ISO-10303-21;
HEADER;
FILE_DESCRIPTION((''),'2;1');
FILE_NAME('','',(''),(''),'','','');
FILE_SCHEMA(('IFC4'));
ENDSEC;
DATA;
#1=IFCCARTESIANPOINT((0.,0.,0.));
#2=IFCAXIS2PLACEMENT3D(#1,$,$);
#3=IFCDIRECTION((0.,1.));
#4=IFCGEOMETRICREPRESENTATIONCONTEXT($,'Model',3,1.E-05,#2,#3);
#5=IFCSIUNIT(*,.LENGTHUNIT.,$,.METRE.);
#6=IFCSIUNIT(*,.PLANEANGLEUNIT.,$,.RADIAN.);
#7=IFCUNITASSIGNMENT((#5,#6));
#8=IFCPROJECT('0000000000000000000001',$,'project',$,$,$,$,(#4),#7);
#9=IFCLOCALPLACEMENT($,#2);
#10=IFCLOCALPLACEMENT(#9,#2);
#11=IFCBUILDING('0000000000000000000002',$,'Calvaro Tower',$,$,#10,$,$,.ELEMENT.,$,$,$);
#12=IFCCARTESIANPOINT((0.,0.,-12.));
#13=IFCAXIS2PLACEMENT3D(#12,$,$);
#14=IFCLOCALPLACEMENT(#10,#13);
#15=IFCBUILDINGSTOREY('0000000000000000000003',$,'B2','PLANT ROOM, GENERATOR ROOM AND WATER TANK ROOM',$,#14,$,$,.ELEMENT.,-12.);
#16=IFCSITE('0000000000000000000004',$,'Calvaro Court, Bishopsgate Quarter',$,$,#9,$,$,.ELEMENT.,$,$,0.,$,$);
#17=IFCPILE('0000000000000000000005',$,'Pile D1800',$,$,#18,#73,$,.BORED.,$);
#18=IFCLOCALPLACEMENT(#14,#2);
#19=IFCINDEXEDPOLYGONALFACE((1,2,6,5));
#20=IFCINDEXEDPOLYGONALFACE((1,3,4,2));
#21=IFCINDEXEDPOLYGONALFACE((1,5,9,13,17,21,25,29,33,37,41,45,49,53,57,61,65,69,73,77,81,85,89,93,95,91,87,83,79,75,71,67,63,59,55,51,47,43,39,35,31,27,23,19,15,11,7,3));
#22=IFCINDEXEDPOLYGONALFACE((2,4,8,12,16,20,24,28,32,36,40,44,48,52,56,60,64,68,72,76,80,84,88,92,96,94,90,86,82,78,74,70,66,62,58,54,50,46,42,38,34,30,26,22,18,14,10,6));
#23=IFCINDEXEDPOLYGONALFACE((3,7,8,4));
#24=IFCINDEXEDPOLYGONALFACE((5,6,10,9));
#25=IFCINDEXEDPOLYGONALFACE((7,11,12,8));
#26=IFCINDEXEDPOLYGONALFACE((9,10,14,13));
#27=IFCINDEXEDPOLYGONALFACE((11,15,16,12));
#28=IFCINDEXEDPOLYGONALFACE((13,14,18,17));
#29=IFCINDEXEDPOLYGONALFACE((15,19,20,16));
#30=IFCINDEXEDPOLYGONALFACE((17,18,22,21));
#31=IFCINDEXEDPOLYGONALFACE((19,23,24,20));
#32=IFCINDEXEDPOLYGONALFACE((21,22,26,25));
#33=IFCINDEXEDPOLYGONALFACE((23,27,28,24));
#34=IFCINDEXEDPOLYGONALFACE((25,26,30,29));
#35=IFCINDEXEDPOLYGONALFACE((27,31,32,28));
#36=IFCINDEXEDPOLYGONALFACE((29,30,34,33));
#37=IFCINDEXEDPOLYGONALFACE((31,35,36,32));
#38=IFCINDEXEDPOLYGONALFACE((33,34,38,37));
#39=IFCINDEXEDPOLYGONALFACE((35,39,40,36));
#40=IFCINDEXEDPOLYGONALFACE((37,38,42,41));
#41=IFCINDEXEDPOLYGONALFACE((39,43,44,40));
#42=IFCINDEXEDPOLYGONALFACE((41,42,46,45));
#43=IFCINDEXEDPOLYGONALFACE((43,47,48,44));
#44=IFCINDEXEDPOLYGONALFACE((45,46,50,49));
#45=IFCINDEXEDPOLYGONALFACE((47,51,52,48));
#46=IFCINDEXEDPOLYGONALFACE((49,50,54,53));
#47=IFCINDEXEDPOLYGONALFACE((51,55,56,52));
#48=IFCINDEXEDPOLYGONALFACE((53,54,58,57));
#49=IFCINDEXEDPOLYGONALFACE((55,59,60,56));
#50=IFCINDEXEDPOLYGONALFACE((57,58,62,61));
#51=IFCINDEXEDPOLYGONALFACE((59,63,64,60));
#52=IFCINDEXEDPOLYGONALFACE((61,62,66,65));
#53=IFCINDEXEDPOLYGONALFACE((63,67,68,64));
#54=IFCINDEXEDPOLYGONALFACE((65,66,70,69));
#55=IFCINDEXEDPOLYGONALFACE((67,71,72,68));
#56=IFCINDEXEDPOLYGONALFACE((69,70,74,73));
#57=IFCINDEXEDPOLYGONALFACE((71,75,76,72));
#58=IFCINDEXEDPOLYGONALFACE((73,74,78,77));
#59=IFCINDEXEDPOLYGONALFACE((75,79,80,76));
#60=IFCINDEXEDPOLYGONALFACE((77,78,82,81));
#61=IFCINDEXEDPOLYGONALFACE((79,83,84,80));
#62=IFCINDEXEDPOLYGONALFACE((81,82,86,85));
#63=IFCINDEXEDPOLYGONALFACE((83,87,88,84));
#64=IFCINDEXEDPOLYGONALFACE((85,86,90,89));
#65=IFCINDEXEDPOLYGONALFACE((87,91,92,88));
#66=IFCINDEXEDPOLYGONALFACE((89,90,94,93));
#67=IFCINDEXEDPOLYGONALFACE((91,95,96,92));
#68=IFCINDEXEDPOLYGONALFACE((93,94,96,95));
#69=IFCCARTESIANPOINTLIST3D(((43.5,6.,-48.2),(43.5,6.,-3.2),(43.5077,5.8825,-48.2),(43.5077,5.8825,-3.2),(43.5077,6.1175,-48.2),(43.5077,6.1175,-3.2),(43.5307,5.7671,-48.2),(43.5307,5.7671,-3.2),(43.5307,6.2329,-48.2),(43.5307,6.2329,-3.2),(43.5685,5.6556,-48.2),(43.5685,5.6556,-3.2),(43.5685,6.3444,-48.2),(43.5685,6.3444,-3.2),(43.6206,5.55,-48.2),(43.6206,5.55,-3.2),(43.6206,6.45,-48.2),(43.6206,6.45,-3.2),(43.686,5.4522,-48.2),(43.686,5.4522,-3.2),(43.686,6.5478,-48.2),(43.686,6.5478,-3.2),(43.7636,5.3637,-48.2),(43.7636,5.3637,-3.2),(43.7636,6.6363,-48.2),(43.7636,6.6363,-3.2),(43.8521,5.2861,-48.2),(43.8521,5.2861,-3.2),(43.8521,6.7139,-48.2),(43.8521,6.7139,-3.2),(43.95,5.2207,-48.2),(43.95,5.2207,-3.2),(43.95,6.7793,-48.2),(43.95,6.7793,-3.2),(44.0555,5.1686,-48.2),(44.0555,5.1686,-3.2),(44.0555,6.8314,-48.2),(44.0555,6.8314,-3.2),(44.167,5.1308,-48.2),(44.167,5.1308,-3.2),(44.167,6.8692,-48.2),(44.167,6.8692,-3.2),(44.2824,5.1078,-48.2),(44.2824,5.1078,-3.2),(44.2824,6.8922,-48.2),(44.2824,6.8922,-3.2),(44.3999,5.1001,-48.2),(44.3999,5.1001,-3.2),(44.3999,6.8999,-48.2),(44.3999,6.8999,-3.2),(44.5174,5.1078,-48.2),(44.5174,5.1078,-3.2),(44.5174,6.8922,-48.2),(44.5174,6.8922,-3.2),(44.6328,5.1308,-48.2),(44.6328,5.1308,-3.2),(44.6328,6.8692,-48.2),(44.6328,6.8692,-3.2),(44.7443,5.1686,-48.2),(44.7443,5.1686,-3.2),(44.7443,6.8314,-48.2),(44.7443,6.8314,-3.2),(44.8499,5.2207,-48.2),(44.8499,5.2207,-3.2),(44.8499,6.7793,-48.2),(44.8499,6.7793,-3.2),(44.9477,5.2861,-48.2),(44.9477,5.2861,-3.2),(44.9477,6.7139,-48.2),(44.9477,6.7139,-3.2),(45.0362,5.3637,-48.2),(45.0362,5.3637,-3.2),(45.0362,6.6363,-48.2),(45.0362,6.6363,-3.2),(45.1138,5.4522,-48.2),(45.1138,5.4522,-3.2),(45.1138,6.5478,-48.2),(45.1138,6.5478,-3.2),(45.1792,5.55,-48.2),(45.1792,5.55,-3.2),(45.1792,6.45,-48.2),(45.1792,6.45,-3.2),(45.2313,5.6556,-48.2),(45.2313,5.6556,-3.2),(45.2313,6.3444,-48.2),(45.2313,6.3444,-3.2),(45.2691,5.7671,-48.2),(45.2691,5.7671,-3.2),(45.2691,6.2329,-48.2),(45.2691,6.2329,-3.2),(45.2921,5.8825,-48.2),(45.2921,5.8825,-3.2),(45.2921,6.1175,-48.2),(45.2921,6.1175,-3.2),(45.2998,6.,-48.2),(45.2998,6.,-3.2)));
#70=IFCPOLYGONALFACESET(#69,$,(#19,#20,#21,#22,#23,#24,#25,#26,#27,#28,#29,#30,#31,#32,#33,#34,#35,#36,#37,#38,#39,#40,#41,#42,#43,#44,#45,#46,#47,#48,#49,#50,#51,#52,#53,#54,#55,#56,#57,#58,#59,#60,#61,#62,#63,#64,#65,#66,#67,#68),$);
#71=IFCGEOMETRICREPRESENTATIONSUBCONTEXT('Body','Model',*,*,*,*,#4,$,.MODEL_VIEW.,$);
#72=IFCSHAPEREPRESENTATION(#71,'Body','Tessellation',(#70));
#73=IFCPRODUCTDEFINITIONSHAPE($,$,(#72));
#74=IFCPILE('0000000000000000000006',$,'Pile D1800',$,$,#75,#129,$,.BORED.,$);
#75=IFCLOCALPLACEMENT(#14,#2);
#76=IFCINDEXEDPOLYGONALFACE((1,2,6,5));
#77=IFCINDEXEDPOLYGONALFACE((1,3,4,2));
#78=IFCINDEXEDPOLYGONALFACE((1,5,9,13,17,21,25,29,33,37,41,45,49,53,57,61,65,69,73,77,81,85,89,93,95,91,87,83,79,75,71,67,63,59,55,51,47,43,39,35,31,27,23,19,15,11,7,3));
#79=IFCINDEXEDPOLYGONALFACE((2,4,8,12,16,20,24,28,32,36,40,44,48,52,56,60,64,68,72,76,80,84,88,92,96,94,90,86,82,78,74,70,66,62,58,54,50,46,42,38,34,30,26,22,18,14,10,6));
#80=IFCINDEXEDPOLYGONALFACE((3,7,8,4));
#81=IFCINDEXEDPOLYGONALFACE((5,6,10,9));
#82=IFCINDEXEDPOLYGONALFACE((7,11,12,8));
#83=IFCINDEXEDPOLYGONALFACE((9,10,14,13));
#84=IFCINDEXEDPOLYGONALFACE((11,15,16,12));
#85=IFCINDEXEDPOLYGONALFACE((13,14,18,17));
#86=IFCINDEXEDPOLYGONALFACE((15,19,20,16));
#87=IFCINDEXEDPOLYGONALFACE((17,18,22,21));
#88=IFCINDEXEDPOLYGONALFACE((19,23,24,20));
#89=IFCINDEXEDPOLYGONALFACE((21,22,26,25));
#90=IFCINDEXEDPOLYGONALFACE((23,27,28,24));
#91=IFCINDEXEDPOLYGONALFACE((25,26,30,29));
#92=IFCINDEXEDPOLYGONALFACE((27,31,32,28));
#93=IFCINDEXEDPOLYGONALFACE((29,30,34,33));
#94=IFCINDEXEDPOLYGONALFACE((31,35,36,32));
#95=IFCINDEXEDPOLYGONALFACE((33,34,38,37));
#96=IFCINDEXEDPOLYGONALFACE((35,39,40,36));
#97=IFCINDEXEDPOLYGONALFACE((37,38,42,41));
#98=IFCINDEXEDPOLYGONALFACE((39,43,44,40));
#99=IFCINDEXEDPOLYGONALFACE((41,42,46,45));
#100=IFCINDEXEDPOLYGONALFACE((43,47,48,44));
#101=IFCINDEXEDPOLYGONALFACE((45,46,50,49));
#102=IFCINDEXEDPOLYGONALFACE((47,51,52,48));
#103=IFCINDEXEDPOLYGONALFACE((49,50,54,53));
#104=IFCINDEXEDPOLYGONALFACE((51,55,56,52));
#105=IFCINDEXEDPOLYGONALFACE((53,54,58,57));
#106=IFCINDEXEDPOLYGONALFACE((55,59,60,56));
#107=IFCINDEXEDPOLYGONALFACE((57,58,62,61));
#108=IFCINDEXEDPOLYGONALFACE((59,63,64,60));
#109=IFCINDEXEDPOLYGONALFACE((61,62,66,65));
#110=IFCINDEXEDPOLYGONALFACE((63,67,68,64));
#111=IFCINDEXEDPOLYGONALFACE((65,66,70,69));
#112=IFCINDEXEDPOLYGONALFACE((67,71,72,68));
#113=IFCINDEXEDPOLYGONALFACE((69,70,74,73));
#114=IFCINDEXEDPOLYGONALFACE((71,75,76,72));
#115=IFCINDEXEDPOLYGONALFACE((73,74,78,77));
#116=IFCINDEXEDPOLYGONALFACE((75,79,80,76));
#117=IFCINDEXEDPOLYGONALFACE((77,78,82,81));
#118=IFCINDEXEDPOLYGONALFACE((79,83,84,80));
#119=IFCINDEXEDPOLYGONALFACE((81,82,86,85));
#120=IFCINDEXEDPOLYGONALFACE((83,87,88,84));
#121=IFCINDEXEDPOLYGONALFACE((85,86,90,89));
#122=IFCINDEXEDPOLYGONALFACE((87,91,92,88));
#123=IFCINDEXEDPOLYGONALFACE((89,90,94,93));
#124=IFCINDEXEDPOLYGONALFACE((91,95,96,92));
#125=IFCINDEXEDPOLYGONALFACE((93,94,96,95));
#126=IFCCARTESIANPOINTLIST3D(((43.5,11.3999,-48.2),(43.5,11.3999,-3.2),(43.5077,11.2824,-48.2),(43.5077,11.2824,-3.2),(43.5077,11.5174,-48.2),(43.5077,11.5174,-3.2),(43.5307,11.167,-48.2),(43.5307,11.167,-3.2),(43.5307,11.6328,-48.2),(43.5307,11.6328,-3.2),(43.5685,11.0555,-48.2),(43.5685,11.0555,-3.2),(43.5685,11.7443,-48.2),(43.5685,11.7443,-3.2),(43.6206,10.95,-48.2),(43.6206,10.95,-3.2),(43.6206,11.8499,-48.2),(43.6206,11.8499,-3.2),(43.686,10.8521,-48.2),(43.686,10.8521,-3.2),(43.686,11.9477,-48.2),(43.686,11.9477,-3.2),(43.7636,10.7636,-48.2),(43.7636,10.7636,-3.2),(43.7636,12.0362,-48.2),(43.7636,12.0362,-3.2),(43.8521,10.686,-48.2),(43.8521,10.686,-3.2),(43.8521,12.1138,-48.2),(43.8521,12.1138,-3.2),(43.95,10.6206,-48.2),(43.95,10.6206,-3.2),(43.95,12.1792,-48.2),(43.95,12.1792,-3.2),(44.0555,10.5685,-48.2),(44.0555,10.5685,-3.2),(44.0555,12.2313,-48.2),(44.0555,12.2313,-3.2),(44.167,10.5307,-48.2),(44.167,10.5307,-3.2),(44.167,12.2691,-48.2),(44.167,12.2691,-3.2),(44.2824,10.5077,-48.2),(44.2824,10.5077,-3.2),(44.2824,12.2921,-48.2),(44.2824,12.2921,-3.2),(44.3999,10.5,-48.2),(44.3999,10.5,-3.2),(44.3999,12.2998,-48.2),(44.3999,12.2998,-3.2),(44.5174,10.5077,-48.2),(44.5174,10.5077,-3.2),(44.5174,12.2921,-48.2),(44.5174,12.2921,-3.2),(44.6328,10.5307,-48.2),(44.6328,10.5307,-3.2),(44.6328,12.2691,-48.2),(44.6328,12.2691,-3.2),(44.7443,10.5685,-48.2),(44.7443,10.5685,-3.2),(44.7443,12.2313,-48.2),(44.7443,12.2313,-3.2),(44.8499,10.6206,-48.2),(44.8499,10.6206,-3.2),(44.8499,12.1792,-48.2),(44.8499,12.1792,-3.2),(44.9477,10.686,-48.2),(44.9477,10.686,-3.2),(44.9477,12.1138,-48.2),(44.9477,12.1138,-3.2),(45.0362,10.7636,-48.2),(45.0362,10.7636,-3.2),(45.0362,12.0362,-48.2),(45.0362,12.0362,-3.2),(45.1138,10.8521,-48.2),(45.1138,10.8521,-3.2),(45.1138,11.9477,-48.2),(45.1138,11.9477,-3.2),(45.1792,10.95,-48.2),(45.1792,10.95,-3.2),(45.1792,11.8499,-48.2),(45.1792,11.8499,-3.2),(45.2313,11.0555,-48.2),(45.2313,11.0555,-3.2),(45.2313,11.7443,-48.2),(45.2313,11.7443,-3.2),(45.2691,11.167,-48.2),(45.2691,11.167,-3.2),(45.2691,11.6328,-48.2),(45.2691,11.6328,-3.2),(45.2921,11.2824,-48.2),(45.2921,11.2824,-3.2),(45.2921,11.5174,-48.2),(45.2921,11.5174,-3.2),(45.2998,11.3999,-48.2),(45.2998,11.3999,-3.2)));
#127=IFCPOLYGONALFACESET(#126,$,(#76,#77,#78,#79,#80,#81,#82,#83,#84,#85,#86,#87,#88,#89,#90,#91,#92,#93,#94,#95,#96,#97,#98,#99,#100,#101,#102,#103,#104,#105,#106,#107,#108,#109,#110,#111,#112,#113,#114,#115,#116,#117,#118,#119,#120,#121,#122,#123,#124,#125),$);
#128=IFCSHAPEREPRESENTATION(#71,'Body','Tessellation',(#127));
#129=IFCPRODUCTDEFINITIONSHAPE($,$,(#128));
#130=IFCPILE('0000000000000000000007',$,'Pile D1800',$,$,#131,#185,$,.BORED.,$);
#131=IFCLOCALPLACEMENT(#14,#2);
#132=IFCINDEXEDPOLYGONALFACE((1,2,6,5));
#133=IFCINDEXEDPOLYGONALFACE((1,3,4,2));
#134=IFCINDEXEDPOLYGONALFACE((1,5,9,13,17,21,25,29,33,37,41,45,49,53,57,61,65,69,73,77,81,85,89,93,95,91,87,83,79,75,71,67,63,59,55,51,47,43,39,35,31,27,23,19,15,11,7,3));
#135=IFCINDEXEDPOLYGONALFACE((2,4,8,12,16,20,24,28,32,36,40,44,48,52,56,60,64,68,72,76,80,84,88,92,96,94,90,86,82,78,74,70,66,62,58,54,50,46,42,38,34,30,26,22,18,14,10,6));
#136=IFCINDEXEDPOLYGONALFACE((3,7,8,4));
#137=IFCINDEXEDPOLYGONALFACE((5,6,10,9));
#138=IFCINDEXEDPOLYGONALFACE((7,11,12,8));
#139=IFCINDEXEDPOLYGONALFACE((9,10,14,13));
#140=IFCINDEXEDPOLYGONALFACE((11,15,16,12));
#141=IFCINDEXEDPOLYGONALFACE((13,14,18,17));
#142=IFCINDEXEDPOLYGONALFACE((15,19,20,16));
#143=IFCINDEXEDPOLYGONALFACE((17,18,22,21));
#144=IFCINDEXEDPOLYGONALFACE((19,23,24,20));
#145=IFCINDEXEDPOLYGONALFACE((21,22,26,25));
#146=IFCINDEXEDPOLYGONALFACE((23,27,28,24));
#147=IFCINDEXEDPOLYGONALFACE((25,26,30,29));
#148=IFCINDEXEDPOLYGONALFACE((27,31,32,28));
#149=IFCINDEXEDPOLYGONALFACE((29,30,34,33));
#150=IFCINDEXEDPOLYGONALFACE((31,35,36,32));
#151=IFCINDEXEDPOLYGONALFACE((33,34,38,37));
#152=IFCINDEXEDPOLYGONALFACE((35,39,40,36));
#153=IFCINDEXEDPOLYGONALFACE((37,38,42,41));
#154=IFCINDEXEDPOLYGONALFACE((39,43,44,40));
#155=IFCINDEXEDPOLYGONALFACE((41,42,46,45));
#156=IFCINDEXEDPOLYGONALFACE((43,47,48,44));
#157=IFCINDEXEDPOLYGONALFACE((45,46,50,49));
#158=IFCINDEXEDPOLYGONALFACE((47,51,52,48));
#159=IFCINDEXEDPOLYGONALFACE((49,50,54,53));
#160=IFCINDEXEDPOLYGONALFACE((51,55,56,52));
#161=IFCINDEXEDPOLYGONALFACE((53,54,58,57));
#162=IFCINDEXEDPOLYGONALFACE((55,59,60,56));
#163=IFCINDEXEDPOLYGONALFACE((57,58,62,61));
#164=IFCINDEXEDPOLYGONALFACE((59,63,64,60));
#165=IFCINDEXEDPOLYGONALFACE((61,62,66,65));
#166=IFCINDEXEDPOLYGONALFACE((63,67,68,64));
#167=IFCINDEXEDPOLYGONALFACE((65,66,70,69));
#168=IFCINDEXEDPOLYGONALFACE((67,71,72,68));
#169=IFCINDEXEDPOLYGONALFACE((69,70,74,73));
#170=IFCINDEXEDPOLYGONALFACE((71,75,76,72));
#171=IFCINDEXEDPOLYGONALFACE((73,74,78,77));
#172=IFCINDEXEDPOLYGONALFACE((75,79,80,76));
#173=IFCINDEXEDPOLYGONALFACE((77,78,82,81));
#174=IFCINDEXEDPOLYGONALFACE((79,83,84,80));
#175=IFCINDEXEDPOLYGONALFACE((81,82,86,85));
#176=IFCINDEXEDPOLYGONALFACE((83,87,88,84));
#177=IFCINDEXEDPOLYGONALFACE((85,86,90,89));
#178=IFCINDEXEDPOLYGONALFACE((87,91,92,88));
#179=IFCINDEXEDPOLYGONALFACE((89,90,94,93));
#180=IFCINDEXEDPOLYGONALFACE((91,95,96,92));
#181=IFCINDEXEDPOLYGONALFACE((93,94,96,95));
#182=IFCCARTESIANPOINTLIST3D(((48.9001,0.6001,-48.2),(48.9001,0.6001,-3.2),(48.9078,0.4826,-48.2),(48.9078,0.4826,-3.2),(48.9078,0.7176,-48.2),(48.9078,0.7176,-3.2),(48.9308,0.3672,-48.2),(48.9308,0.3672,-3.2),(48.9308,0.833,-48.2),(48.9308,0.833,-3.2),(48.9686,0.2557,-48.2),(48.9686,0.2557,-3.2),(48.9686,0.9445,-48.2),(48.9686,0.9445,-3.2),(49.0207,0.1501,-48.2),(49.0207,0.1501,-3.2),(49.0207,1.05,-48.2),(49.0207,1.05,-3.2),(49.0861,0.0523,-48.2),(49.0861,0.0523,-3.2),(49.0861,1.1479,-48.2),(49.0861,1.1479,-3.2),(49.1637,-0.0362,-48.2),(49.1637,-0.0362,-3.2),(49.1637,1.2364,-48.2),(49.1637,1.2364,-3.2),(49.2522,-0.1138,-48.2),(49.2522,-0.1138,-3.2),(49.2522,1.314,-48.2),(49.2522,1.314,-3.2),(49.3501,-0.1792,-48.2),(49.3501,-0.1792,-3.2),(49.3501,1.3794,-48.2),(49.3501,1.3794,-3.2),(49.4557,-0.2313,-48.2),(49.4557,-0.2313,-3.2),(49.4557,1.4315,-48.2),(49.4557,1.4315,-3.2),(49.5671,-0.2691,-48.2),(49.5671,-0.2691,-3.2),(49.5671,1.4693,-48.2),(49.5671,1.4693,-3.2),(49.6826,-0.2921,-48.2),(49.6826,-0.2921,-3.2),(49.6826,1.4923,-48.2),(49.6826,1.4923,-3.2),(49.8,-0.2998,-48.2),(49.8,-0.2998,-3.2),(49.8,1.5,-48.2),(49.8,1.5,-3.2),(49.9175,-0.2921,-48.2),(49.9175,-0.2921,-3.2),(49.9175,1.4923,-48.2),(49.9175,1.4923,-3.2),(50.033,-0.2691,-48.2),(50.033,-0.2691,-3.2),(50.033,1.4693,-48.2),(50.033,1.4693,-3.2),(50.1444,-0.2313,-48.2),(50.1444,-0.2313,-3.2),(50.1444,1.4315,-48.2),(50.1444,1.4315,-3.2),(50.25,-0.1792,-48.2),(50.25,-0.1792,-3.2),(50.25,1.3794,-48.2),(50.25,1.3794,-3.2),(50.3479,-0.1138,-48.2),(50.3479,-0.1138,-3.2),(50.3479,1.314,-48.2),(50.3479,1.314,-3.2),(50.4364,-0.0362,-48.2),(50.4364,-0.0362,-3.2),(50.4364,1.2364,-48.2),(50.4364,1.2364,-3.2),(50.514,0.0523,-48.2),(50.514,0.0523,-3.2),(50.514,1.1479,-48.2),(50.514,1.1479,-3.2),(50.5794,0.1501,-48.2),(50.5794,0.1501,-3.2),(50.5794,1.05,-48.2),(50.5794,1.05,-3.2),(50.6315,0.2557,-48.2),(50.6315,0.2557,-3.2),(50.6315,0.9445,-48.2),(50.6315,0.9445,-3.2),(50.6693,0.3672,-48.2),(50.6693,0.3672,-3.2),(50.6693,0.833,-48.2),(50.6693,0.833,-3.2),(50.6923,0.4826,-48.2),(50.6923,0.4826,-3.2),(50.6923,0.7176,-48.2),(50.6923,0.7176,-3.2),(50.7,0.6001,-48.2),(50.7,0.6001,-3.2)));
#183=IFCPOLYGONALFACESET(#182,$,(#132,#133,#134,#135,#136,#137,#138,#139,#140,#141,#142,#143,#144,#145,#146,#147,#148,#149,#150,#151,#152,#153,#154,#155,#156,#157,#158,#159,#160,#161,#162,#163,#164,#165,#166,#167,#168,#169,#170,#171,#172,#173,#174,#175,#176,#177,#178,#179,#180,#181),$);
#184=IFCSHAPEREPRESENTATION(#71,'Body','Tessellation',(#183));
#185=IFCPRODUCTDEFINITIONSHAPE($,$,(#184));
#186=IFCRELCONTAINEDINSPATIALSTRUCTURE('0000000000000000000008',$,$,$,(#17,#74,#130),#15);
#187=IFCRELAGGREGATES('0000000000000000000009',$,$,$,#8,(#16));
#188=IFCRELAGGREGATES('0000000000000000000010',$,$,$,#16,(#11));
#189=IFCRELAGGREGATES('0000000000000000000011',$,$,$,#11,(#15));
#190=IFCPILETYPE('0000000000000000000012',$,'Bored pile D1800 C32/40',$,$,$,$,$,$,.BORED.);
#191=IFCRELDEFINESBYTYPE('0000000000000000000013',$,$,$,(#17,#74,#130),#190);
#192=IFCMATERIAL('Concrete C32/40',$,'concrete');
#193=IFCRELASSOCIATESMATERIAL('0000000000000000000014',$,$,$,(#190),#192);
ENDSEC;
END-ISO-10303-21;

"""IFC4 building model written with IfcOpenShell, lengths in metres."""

from ifc_helpers import new_model, si_unit, direction, frame, origin, origin_2d, place, context, subcontext, project, spatial, circle, extrude, material, material_profile, profile_set, type_object, element, save


model = new_model("IFC4")

# Units and contexts
model_context = context("Model", 3, precision=1e-05, world=origin(), true_north=direction((0.0, 1.0)))
body_context = subcontext(model_context, "Body", "Model", "MODEL_VIEW")
ifc_project = project(units=[si_unit("LENGTHUNIT", "METRE"), si_unit("PLANEANGLEUNIT", "RADIAN")], contexts=[model_context])

# Site, building, storey
site_placement = place(None, origin())
site = spatial("IfcSite", under=ifc_project, at=site_placement, Name="Calvaro Court, Bishopsgate Quarter", CompositionType="ELEMENT", RefElevation=0.0)
building_placement = place(site_placement, origin())
building = spatial("IfcBuilding", under=site, at=building_placement, Name="Calvaro Tower", CompositionType="ELEMENT")
storey_placement = place(building_placement, frame((0.0, 0.0, -12.0)))
storey = spatial("IfcBuildingStorey", under=building, at=storey_placement, Name="B2", Description="PLANT ROOM, GENERATOR ROOM AND WATER TANK ROOM", CompositionType="ELEMENT", Elevation=-12.0)

# Piles
ifc_material_1 = material(Name="Concrete C32/40", Category="concrete")
ifc_material_profile_1 = material_profile(ifc_material_1, circle(Radius=0.8999, at=origin_2d()), Name="Bored pile D1800")
ifc_profile_set_1 = profile_set([ifc_material_profile_1], Name="Concrete C32/40")
pile_type = type_object("IfcPileType", Name="Bored pile D1800 C32/40", PredefinedType="BORED", material=ifc_profile_set_1)
for number, where, z_axis, x_axis, name in (
    (1, (44.3999, 6.0, -3.2), (0.0, 0.0, -1.0), (1.0, 0.0, 0.0), "Pile D1800"),
    (2, (44.3999, 11.3999, -3.2), (0.0, 0.0, -1.0), (1.0, 0.0, 0.0), "Pile D1800"),
    (3, (49.8, 0.6001, -3.2), (0.0, 0.0, -1.0), (1.0, 0.0, 0.0), "Pile D1800"),
):
    element("IfcPile", number, at=place(storey_placement, frame(where, z_axis=z_axis, x_axis=x_axis)), inside=storey, type_object=pile_type, Name=name, PredefinedType="BORED", context=body_context, shape_type="SweptSolid", body=[
        extrude(circle(Radius=0.8999, at=origin_2d()), origin(), (0.0, 0.0, 1.0), 45.0),
    ])

save(model, "model.ifc")
